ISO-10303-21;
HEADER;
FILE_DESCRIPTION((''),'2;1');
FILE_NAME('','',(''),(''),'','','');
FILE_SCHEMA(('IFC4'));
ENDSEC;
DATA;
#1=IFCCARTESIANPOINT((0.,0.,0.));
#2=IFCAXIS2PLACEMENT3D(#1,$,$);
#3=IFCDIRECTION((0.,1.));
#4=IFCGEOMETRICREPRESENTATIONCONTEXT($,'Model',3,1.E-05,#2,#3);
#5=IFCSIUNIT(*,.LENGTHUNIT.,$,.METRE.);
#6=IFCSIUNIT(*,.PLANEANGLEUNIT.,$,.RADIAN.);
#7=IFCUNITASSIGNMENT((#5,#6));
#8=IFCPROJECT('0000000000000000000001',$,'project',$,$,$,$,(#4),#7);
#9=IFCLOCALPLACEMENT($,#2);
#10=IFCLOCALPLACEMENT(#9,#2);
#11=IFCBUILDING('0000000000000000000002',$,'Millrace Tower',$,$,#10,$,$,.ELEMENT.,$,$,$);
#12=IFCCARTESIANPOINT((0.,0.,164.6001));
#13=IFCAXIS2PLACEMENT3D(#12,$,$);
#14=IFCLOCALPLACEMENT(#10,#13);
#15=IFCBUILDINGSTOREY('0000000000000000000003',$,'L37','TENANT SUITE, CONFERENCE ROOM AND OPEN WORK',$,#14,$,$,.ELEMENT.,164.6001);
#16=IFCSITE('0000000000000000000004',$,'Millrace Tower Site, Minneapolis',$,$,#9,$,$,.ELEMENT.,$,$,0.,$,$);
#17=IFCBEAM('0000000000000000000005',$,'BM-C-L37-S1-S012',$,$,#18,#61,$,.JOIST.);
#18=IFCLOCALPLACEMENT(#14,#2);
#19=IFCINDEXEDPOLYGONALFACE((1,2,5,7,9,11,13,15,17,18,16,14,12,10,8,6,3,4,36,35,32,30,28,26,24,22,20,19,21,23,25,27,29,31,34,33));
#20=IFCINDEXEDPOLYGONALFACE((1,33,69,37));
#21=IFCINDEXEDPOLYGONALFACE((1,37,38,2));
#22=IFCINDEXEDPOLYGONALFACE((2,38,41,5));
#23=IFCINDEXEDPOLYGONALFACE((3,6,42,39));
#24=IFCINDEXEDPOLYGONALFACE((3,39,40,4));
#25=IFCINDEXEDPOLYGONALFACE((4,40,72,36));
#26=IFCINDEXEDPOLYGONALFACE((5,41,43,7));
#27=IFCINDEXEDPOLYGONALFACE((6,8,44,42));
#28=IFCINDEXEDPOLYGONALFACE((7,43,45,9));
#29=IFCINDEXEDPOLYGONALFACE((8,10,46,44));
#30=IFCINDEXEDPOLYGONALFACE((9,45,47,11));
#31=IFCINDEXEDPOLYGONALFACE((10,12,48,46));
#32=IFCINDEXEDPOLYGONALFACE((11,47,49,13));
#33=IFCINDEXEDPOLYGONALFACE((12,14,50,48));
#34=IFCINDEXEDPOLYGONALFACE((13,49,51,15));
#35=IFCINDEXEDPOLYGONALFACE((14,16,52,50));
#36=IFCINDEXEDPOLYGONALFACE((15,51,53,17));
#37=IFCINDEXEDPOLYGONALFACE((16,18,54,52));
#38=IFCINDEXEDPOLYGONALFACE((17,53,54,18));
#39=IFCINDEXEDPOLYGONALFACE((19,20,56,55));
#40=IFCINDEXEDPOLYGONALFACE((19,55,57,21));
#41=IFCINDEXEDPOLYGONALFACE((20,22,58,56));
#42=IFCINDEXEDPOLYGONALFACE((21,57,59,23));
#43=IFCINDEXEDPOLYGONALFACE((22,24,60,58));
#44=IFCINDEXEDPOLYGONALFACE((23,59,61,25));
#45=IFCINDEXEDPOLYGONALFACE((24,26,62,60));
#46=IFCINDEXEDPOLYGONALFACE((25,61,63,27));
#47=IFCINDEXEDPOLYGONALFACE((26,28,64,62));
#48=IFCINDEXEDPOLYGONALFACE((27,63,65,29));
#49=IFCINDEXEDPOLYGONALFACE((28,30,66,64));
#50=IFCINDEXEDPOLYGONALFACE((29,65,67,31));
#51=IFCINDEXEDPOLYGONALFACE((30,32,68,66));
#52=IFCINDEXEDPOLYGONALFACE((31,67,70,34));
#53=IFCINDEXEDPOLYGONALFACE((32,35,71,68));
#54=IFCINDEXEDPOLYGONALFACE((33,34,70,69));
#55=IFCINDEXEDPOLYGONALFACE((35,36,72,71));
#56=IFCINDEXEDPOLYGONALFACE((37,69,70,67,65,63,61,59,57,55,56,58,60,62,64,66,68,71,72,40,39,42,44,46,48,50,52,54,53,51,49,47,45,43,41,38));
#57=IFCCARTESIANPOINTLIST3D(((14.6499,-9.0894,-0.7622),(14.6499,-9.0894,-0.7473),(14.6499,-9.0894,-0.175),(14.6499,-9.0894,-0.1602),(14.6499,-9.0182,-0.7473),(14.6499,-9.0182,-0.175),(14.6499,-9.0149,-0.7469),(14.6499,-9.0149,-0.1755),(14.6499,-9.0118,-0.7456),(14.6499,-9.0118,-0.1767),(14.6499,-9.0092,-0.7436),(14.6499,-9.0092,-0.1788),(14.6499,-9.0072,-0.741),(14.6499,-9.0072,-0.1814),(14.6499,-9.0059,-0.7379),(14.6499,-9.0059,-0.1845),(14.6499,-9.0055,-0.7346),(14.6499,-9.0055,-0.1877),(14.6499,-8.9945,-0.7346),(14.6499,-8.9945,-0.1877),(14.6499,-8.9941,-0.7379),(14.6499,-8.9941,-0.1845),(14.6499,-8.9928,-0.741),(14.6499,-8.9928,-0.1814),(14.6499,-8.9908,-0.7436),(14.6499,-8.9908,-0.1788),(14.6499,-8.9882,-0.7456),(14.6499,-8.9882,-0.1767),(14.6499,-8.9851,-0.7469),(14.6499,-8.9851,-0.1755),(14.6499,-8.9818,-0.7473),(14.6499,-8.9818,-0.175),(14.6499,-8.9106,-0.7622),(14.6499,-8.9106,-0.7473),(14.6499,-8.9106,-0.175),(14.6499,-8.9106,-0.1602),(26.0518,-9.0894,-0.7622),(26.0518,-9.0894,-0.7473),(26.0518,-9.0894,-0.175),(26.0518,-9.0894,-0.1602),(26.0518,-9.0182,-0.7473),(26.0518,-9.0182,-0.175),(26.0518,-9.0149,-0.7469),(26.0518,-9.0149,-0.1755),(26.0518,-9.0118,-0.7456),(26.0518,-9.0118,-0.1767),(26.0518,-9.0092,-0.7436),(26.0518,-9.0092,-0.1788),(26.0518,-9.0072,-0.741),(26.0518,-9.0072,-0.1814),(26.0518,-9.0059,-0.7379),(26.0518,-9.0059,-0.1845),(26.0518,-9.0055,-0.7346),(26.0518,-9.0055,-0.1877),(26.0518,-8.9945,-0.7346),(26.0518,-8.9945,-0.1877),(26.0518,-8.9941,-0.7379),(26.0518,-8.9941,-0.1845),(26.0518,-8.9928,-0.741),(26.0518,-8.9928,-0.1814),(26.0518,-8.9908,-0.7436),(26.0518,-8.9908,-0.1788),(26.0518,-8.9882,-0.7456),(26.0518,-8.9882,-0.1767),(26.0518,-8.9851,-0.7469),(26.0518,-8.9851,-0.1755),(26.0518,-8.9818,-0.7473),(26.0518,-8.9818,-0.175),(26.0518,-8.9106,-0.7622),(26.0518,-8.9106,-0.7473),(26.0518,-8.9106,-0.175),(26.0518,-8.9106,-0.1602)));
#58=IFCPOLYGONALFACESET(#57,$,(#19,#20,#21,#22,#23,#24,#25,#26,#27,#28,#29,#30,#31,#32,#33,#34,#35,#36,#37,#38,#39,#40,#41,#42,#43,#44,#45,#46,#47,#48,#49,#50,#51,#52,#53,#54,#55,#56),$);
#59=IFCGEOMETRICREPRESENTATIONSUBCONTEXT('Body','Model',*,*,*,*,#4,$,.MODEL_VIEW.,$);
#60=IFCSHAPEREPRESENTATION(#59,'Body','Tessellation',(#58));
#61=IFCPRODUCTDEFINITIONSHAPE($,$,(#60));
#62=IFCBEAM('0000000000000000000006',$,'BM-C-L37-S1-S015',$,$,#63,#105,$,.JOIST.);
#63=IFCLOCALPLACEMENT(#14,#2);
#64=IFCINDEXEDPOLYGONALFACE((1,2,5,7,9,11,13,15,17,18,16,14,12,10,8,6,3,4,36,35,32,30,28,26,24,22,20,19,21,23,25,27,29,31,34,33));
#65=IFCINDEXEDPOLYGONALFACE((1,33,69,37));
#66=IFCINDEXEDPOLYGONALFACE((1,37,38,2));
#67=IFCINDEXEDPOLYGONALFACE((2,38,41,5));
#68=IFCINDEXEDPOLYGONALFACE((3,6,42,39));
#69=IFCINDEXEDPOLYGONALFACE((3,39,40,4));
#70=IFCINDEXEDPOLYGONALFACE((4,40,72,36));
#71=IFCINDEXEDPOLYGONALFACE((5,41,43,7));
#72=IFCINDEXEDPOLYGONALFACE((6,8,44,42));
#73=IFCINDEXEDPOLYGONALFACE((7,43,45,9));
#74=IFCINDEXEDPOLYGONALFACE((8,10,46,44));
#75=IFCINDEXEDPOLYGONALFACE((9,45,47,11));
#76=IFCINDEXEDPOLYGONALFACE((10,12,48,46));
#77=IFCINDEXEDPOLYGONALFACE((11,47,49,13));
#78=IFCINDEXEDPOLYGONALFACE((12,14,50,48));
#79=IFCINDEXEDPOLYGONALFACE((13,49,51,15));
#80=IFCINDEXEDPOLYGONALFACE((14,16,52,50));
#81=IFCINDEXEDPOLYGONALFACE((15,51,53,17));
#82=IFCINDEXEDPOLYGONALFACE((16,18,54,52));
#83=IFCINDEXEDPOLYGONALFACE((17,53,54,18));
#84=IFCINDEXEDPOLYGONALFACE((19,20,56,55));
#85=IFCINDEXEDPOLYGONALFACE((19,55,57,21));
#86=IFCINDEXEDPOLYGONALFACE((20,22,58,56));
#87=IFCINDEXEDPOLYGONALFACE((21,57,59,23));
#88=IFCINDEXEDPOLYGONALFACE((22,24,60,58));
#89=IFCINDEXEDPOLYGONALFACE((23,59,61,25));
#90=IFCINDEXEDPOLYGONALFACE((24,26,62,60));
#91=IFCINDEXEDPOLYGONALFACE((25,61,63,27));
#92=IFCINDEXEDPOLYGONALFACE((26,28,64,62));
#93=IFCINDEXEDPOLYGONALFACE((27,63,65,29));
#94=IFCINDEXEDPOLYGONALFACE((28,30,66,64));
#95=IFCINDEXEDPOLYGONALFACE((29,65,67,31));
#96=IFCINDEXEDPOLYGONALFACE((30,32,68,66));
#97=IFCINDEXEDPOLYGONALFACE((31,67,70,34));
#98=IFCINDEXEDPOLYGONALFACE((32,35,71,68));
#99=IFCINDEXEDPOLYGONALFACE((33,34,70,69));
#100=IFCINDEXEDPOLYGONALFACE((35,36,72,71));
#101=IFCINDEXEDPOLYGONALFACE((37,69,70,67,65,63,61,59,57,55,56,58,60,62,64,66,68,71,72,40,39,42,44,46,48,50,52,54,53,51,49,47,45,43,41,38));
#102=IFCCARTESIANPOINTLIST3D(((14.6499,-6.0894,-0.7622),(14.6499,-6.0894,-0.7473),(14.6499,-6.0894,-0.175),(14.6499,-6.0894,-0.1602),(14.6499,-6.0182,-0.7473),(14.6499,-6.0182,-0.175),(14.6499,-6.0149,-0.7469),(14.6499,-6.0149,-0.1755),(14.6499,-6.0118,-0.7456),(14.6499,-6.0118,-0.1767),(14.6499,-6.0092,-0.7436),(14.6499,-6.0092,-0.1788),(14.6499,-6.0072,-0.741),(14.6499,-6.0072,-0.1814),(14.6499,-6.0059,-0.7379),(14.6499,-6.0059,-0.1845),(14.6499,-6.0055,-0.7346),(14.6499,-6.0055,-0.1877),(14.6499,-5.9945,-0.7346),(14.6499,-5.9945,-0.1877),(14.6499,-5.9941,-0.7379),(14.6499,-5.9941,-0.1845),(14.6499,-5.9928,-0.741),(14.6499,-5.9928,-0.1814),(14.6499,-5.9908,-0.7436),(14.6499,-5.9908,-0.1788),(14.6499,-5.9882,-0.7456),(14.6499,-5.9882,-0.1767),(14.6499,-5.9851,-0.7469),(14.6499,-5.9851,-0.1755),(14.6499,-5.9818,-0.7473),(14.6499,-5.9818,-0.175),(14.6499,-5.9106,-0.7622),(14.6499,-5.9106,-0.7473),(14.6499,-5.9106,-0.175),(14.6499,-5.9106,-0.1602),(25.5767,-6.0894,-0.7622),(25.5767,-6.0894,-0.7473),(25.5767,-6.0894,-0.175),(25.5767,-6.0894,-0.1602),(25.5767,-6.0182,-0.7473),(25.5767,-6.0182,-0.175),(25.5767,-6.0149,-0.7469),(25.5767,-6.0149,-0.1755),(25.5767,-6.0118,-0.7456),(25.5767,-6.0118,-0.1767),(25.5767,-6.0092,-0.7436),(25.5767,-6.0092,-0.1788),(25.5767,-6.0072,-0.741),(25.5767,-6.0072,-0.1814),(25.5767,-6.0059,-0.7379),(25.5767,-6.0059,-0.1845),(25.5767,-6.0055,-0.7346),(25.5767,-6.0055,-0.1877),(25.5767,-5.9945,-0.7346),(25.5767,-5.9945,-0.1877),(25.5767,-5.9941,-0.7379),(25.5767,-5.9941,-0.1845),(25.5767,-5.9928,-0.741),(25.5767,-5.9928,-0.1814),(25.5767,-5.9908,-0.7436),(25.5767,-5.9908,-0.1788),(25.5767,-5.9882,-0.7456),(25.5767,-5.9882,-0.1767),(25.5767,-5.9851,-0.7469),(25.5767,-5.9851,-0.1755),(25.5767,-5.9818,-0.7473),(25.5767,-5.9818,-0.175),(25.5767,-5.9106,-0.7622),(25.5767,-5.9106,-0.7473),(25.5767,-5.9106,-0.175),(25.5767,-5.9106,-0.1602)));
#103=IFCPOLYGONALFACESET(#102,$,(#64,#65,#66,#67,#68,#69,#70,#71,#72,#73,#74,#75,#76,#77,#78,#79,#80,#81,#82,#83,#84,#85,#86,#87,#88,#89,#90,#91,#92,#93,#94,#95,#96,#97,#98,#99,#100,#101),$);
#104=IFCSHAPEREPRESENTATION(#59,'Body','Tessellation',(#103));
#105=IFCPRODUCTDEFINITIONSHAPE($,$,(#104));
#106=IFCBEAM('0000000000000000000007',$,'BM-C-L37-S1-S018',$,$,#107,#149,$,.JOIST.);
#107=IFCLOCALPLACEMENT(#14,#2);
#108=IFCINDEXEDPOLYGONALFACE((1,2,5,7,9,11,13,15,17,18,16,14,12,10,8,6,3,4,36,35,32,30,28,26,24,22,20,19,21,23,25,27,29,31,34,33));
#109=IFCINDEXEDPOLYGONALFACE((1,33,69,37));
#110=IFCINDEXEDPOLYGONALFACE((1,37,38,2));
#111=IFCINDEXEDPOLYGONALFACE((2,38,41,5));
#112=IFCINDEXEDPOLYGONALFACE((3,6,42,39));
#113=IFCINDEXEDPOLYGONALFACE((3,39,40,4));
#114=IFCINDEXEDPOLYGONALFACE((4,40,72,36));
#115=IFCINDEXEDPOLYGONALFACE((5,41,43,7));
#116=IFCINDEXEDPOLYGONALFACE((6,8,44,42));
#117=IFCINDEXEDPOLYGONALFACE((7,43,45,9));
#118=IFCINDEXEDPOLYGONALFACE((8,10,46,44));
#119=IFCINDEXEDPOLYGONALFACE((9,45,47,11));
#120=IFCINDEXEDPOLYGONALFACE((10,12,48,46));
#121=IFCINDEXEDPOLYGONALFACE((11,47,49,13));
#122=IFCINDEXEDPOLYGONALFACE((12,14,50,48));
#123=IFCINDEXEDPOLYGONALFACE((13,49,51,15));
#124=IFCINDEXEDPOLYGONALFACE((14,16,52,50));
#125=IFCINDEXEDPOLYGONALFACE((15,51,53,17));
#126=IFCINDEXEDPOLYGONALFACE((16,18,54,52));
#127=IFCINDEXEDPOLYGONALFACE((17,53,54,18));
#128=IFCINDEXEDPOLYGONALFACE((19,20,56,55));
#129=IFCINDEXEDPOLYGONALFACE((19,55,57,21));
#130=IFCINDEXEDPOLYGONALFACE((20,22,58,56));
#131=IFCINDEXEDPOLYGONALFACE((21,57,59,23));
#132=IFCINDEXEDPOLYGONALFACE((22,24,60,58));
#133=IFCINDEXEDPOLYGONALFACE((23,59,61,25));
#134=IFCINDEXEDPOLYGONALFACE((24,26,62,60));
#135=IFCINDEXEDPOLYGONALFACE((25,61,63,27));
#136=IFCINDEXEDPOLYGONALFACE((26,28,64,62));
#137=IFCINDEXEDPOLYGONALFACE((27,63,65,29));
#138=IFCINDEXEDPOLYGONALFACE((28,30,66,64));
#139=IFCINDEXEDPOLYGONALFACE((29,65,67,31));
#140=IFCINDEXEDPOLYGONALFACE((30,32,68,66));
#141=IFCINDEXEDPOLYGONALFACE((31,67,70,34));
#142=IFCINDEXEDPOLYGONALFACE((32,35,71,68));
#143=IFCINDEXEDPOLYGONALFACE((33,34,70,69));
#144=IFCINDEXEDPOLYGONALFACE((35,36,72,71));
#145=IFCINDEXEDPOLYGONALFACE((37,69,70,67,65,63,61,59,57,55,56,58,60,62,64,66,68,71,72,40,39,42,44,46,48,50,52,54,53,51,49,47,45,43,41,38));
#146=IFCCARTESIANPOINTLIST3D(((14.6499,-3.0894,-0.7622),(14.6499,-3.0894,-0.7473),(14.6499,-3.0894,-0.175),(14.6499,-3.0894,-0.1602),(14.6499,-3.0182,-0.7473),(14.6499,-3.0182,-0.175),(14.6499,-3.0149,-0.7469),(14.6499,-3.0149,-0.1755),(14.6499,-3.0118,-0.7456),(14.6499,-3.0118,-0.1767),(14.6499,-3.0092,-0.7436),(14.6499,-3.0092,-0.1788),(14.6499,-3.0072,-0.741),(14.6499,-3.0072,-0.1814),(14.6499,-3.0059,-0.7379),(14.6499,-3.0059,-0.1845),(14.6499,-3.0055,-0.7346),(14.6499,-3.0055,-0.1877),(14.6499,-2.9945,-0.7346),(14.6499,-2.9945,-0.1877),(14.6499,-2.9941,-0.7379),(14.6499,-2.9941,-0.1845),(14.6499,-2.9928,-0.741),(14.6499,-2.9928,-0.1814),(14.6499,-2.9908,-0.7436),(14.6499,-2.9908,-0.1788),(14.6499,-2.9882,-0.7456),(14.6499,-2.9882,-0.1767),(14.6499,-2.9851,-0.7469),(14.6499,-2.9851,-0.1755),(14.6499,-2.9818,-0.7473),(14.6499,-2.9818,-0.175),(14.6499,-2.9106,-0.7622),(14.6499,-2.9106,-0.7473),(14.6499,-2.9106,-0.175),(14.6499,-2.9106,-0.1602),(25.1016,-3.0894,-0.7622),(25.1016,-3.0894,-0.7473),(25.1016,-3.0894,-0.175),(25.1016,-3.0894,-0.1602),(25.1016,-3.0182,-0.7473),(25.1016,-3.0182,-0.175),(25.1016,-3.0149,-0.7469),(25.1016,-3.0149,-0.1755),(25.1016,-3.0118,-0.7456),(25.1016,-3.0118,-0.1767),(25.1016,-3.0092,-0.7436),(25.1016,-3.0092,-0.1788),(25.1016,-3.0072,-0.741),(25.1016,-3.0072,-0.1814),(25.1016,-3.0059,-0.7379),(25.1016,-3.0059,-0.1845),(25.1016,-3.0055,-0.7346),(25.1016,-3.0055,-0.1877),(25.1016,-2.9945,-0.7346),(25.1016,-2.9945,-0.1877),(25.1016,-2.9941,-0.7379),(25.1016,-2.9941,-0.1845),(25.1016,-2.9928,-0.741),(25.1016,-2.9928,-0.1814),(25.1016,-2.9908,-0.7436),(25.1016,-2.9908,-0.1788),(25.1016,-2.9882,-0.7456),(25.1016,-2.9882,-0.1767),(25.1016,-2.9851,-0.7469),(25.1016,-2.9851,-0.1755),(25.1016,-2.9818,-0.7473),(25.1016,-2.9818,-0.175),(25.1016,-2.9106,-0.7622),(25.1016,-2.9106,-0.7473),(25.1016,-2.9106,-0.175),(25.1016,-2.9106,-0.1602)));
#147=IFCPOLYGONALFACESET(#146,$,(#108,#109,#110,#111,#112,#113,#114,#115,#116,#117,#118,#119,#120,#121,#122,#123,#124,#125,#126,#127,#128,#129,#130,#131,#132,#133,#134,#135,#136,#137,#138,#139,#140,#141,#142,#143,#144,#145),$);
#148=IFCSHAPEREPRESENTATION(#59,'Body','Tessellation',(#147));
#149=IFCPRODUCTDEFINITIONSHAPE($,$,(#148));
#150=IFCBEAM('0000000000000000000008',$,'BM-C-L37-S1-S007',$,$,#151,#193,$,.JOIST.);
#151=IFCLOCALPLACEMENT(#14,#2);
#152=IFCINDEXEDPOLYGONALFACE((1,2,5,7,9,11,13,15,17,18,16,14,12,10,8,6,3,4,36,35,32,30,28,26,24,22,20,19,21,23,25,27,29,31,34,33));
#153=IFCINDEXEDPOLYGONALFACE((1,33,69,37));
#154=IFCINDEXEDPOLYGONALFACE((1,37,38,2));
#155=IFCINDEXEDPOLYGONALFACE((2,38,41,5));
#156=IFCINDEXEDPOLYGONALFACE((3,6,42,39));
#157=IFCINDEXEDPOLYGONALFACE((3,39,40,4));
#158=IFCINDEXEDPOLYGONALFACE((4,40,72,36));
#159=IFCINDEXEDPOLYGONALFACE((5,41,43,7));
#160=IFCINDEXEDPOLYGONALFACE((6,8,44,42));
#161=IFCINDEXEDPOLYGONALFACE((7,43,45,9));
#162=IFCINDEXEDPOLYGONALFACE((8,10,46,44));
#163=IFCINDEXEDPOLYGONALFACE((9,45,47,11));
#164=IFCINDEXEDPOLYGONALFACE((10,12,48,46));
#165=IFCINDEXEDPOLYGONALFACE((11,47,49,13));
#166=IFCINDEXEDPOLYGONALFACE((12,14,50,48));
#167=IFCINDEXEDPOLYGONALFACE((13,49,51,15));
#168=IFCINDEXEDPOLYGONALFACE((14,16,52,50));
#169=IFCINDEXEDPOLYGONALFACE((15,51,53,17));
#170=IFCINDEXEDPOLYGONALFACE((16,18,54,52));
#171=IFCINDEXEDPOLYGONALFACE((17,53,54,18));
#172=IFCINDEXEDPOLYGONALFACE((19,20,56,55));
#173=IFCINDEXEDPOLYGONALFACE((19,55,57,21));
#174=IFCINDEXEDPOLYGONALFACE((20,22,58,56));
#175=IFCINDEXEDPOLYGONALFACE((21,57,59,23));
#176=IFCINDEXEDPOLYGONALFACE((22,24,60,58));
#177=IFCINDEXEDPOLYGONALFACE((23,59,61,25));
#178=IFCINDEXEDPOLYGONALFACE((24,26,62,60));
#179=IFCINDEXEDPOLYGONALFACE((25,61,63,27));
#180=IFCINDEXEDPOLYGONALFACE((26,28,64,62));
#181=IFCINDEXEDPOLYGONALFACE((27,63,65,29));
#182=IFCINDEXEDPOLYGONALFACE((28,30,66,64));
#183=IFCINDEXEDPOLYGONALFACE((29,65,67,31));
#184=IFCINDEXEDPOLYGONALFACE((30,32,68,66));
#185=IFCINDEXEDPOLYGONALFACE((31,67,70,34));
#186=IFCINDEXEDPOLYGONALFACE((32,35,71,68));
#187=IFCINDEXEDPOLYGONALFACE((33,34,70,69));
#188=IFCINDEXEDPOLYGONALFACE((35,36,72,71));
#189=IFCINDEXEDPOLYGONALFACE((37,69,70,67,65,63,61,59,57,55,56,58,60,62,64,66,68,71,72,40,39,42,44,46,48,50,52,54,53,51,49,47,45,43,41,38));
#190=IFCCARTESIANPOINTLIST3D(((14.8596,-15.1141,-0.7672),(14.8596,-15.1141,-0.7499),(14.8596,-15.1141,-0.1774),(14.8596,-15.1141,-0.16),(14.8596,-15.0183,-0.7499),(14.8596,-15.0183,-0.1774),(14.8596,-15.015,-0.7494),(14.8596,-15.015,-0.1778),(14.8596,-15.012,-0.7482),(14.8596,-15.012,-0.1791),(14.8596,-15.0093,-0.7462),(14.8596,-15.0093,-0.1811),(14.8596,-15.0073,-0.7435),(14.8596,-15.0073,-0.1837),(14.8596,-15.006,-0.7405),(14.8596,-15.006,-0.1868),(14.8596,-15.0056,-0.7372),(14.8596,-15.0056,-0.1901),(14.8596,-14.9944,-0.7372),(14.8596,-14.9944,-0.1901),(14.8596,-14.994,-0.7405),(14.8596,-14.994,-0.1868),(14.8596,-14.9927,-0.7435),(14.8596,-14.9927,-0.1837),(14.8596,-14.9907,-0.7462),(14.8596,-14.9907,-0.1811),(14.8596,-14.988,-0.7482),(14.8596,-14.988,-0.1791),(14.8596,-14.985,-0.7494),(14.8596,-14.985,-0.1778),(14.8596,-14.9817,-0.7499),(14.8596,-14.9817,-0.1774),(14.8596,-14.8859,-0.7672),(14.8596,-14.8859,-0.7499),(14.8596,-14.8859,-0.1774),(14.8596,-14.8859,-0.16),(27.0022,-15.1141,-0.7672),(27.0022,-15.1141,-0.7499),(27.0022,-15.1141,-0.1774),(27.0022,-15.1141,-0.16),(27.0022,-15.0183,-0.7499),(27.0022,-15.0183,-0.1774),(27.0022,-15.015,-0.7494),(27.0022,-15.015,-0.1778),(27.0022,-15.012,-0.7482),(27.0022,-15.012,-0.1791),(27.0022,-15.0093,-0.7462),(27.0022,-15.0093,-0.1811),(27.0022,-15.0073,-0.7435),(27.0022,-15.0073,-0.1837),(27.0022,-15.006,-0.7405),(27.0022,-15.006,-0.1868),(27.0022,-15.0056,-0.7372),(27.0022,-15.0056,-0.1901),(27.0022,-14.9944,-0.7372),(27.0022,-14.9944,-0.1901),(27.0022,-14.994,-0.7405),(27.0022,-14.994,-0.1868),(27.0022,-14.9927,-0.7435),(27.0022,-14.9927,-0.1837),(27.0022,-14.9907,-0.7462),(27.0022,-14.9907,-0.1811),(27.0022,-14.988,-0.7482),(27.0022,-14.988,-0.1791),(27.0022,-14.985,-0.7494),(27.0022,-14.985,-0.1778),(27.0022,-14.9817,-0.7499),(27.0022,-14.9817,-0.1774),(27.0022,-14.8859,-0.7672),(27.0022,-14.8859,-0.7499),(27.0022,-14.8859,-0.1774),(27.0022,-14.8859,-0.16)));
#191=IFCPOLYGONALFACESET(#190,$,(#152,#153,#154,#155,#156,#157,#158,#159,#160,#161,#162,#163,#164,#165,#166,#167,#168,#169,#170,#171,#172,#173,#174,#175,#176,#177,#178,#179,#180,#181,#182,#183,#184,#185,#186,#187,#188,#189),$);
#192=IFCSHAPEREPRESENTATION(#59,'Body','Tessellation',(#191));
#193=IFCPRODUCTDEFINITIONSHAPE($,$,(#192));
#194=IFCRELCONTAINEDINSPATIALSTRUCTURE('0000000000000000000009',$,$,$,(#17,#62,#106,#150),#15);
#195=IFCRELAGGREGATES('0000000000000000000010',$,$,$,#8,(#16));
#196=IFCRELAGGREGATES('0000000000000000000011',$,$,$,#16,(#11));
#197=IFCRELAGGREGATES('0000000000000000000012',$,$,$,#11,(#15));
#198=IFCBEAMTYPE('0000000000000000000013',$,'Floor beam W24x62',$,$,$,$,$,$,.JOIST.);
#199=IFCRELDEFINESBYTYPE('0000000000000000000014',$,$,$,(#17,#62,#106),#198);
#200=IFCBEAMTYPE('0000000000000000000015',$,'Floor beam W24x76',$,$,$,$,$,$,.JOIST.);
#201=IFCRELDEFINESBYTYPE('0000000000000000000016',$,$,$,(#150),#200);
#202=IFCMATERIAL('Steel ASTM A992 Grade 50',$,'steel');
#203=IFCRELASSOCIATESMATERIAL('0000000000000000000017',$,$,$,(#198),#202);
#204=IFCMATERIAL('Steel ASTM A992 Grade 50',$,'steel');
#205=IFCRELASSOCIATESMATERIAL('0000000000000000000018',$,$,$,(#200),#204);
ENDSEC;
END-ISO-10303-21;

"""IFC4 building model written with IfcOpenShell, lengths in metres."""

from ifc_helpers import new_model, si_unit, direction, frame, origin, origin_2d, place, context, subcontext, project, spatial, i_section, extrude, material, material_profile, profile_set, type_object, element, save


model = new_model("IFC4")

# Units and contexts
model_context = context("Model", 3, precision=1e-05, world=origin(), true_north=direction((0.0, 1.0)))
body_context = subcontext(model_context, "Body", "Model", "MODEL_VIEW")
ifc_project = project(units=[si_unit("LENGTHUNIT", "METRE"), si_unit("PLANEANGLEUNIT", "RADIAN")], contexts=[model_context])

# Site, building, storey
site_placement = place(None, origin())
site = spatial("IfcSite", under=ifc_project, at=site_placement, Name="Millrace Tower Site, Minneapolis", CompositionType="ELEMENT", RefElevation=0.0)
building_placement = place(site_placement, origin())
building = spatial("IfcBuilding", under=site, at=building_placement, Name="Millrace Tower", CompositionType="ELEMENT")
storey_placement = place(building_placement, frame((0.0, 0.0, 164.6001)))
storey = spatial("IfcBuildingStorey", under=building, at=storey_placement, Name="L37", Description="TENANT SUITE, CONFERENCE ROOM AND OPEN WORK", CompositionType="ELEMENT", Elevation=164.6001)

# Beams
ifc_material_1 = material(Name="Steel ASTM A992 Grade 50", Category="steel")
ifc_material_profile_1 = material_profile(ifc_material_1, i_section(OverallWidth=0.1787, OverallDepth=0.6021, WebThickness=0.011, FlangeThickness=0.0149, FilletRadius=0.0127, at=origin_2d()))
ifc_profile_set_1 = profile_set([ifc_material_profile_1], Name="Steel ASTM A992 Grade 50")
beam_type_1 = type_object("IfcBeamType", Name="Floor beam W24x62", PredefinedType="JOIST", material=ifc_profile_set_1)
beam_1_placement = place(storey_placement, frame((14.6499, -9.0, -0.4612), z_axis=(1.0, 0.0, 0.0), x_axis=(0.0, 1.0, 0.0)))
element("IfcBeam", 1, at=beam_1_placement, inside=storey, type_object=beam_type_1, Name="BM-C-L37-S1-S012", PredefinedType="JOIST", context=body_context, shape_type="SweptSolid", body=[
    extrude(i_section(OverallWidth=0.1787, OverallDepth=0.6021, WebThickness=0.011, FlangeThickness=0.0149, FilletRadius=0.0127, at=origin_2d()), origin(), (0.0, 0.0, 1.0), 11.4019),
])
beam_2_placement = place(storey_placement, frame((14.6499, -6.0, -0.4612), z_axis=(1.0, 0.0, 0.0), x_axis=(0.0, 1.0, 0.0)))
element("IfcBeam", 2, at=beam_2_placement, inside=storey, type_object=beam_type_1, Name="BM-C-L37-S1-S015", PredefinedType="JOIST", context=body_context, shape_type="SweptSolid", body=[
    extrude(i_section(OverallWidth=0.1787, OverallDepth=0.6021, WebThickness=0.011, FlangeThickness=0.0149, FilletRadius=0.0127, at=origin_2d()), origin(), (0.0, 0.0, 1.0), 10.9268),
])
beam_3_placement = place(storey_placement, frame((14.6499, -3.0, -0.4612), z_axis=(1.0, 0.0, 0.0), x_axis=(0.0, 1.0, 0.0)))
element("IfcBeam", 3, at=beam_3_placement, inside=storey, type_object=beam_type_1, Name="BM-C-L37-S1-S018", PredefinedType="JOIST", context=body_context, shape_type="SweptSolid", body=[
    extrude(i_section(OverallWidth=0.1787, OverallDepth=0.6021, WebThickness=0.011, FlangeThickness=0.0149, FilletRadius=0.0127, at=origin_2d()), origin(), (0.0, 0.0, 1.0), 10.4517),
])
ifc_material_2 = material(Name="Steel ASTM A992 Grade 50", Category="steel")
ifc_material_profile_2 = material_profile(ifc_material_2, i_section(OverallWidth=0.2283, OverallDepth=0.6072, WebThickness=0.0112, FlangeThickness=0.0173, FilletRadius=0.0127, at=origin_2d()))
ifc_profile_set_2 = profile_set([ifc_material_profile_2], Name="Steel ASTM A992 Grade 50")
beam_type_2 = type_object("IfcBeamType", Name="Floor beam W24x76", PredefinedType="JOIST", material=ifc_profile_set_2)
beam_4_placement = place(storey_placement, frame((14.8596, -15.0, -0.4636), z_axis=(1.0, 0.0, 0.0), x_axis=(0.0, 1.0, 0.0)))
element("IfcBeam", 4, at=beam_4_placement, inside=storey, type_object=beam_type_2, Name="BM-C-L37-S1-S007", PredefinedType="JOIST", context=body_context, shape_type="SweptSolid", body=[
    extrude(i_section(OverallWidth=0.2283, OverallDepth=0.6072, WebThickness=0.0112, FlangeThickness=0.0173, FilletRadius=0.0127, at=origin_2d()), origin(), (0.0, 0.0, 1.0), 12.1426),
])

save(model, "model.ifc")
